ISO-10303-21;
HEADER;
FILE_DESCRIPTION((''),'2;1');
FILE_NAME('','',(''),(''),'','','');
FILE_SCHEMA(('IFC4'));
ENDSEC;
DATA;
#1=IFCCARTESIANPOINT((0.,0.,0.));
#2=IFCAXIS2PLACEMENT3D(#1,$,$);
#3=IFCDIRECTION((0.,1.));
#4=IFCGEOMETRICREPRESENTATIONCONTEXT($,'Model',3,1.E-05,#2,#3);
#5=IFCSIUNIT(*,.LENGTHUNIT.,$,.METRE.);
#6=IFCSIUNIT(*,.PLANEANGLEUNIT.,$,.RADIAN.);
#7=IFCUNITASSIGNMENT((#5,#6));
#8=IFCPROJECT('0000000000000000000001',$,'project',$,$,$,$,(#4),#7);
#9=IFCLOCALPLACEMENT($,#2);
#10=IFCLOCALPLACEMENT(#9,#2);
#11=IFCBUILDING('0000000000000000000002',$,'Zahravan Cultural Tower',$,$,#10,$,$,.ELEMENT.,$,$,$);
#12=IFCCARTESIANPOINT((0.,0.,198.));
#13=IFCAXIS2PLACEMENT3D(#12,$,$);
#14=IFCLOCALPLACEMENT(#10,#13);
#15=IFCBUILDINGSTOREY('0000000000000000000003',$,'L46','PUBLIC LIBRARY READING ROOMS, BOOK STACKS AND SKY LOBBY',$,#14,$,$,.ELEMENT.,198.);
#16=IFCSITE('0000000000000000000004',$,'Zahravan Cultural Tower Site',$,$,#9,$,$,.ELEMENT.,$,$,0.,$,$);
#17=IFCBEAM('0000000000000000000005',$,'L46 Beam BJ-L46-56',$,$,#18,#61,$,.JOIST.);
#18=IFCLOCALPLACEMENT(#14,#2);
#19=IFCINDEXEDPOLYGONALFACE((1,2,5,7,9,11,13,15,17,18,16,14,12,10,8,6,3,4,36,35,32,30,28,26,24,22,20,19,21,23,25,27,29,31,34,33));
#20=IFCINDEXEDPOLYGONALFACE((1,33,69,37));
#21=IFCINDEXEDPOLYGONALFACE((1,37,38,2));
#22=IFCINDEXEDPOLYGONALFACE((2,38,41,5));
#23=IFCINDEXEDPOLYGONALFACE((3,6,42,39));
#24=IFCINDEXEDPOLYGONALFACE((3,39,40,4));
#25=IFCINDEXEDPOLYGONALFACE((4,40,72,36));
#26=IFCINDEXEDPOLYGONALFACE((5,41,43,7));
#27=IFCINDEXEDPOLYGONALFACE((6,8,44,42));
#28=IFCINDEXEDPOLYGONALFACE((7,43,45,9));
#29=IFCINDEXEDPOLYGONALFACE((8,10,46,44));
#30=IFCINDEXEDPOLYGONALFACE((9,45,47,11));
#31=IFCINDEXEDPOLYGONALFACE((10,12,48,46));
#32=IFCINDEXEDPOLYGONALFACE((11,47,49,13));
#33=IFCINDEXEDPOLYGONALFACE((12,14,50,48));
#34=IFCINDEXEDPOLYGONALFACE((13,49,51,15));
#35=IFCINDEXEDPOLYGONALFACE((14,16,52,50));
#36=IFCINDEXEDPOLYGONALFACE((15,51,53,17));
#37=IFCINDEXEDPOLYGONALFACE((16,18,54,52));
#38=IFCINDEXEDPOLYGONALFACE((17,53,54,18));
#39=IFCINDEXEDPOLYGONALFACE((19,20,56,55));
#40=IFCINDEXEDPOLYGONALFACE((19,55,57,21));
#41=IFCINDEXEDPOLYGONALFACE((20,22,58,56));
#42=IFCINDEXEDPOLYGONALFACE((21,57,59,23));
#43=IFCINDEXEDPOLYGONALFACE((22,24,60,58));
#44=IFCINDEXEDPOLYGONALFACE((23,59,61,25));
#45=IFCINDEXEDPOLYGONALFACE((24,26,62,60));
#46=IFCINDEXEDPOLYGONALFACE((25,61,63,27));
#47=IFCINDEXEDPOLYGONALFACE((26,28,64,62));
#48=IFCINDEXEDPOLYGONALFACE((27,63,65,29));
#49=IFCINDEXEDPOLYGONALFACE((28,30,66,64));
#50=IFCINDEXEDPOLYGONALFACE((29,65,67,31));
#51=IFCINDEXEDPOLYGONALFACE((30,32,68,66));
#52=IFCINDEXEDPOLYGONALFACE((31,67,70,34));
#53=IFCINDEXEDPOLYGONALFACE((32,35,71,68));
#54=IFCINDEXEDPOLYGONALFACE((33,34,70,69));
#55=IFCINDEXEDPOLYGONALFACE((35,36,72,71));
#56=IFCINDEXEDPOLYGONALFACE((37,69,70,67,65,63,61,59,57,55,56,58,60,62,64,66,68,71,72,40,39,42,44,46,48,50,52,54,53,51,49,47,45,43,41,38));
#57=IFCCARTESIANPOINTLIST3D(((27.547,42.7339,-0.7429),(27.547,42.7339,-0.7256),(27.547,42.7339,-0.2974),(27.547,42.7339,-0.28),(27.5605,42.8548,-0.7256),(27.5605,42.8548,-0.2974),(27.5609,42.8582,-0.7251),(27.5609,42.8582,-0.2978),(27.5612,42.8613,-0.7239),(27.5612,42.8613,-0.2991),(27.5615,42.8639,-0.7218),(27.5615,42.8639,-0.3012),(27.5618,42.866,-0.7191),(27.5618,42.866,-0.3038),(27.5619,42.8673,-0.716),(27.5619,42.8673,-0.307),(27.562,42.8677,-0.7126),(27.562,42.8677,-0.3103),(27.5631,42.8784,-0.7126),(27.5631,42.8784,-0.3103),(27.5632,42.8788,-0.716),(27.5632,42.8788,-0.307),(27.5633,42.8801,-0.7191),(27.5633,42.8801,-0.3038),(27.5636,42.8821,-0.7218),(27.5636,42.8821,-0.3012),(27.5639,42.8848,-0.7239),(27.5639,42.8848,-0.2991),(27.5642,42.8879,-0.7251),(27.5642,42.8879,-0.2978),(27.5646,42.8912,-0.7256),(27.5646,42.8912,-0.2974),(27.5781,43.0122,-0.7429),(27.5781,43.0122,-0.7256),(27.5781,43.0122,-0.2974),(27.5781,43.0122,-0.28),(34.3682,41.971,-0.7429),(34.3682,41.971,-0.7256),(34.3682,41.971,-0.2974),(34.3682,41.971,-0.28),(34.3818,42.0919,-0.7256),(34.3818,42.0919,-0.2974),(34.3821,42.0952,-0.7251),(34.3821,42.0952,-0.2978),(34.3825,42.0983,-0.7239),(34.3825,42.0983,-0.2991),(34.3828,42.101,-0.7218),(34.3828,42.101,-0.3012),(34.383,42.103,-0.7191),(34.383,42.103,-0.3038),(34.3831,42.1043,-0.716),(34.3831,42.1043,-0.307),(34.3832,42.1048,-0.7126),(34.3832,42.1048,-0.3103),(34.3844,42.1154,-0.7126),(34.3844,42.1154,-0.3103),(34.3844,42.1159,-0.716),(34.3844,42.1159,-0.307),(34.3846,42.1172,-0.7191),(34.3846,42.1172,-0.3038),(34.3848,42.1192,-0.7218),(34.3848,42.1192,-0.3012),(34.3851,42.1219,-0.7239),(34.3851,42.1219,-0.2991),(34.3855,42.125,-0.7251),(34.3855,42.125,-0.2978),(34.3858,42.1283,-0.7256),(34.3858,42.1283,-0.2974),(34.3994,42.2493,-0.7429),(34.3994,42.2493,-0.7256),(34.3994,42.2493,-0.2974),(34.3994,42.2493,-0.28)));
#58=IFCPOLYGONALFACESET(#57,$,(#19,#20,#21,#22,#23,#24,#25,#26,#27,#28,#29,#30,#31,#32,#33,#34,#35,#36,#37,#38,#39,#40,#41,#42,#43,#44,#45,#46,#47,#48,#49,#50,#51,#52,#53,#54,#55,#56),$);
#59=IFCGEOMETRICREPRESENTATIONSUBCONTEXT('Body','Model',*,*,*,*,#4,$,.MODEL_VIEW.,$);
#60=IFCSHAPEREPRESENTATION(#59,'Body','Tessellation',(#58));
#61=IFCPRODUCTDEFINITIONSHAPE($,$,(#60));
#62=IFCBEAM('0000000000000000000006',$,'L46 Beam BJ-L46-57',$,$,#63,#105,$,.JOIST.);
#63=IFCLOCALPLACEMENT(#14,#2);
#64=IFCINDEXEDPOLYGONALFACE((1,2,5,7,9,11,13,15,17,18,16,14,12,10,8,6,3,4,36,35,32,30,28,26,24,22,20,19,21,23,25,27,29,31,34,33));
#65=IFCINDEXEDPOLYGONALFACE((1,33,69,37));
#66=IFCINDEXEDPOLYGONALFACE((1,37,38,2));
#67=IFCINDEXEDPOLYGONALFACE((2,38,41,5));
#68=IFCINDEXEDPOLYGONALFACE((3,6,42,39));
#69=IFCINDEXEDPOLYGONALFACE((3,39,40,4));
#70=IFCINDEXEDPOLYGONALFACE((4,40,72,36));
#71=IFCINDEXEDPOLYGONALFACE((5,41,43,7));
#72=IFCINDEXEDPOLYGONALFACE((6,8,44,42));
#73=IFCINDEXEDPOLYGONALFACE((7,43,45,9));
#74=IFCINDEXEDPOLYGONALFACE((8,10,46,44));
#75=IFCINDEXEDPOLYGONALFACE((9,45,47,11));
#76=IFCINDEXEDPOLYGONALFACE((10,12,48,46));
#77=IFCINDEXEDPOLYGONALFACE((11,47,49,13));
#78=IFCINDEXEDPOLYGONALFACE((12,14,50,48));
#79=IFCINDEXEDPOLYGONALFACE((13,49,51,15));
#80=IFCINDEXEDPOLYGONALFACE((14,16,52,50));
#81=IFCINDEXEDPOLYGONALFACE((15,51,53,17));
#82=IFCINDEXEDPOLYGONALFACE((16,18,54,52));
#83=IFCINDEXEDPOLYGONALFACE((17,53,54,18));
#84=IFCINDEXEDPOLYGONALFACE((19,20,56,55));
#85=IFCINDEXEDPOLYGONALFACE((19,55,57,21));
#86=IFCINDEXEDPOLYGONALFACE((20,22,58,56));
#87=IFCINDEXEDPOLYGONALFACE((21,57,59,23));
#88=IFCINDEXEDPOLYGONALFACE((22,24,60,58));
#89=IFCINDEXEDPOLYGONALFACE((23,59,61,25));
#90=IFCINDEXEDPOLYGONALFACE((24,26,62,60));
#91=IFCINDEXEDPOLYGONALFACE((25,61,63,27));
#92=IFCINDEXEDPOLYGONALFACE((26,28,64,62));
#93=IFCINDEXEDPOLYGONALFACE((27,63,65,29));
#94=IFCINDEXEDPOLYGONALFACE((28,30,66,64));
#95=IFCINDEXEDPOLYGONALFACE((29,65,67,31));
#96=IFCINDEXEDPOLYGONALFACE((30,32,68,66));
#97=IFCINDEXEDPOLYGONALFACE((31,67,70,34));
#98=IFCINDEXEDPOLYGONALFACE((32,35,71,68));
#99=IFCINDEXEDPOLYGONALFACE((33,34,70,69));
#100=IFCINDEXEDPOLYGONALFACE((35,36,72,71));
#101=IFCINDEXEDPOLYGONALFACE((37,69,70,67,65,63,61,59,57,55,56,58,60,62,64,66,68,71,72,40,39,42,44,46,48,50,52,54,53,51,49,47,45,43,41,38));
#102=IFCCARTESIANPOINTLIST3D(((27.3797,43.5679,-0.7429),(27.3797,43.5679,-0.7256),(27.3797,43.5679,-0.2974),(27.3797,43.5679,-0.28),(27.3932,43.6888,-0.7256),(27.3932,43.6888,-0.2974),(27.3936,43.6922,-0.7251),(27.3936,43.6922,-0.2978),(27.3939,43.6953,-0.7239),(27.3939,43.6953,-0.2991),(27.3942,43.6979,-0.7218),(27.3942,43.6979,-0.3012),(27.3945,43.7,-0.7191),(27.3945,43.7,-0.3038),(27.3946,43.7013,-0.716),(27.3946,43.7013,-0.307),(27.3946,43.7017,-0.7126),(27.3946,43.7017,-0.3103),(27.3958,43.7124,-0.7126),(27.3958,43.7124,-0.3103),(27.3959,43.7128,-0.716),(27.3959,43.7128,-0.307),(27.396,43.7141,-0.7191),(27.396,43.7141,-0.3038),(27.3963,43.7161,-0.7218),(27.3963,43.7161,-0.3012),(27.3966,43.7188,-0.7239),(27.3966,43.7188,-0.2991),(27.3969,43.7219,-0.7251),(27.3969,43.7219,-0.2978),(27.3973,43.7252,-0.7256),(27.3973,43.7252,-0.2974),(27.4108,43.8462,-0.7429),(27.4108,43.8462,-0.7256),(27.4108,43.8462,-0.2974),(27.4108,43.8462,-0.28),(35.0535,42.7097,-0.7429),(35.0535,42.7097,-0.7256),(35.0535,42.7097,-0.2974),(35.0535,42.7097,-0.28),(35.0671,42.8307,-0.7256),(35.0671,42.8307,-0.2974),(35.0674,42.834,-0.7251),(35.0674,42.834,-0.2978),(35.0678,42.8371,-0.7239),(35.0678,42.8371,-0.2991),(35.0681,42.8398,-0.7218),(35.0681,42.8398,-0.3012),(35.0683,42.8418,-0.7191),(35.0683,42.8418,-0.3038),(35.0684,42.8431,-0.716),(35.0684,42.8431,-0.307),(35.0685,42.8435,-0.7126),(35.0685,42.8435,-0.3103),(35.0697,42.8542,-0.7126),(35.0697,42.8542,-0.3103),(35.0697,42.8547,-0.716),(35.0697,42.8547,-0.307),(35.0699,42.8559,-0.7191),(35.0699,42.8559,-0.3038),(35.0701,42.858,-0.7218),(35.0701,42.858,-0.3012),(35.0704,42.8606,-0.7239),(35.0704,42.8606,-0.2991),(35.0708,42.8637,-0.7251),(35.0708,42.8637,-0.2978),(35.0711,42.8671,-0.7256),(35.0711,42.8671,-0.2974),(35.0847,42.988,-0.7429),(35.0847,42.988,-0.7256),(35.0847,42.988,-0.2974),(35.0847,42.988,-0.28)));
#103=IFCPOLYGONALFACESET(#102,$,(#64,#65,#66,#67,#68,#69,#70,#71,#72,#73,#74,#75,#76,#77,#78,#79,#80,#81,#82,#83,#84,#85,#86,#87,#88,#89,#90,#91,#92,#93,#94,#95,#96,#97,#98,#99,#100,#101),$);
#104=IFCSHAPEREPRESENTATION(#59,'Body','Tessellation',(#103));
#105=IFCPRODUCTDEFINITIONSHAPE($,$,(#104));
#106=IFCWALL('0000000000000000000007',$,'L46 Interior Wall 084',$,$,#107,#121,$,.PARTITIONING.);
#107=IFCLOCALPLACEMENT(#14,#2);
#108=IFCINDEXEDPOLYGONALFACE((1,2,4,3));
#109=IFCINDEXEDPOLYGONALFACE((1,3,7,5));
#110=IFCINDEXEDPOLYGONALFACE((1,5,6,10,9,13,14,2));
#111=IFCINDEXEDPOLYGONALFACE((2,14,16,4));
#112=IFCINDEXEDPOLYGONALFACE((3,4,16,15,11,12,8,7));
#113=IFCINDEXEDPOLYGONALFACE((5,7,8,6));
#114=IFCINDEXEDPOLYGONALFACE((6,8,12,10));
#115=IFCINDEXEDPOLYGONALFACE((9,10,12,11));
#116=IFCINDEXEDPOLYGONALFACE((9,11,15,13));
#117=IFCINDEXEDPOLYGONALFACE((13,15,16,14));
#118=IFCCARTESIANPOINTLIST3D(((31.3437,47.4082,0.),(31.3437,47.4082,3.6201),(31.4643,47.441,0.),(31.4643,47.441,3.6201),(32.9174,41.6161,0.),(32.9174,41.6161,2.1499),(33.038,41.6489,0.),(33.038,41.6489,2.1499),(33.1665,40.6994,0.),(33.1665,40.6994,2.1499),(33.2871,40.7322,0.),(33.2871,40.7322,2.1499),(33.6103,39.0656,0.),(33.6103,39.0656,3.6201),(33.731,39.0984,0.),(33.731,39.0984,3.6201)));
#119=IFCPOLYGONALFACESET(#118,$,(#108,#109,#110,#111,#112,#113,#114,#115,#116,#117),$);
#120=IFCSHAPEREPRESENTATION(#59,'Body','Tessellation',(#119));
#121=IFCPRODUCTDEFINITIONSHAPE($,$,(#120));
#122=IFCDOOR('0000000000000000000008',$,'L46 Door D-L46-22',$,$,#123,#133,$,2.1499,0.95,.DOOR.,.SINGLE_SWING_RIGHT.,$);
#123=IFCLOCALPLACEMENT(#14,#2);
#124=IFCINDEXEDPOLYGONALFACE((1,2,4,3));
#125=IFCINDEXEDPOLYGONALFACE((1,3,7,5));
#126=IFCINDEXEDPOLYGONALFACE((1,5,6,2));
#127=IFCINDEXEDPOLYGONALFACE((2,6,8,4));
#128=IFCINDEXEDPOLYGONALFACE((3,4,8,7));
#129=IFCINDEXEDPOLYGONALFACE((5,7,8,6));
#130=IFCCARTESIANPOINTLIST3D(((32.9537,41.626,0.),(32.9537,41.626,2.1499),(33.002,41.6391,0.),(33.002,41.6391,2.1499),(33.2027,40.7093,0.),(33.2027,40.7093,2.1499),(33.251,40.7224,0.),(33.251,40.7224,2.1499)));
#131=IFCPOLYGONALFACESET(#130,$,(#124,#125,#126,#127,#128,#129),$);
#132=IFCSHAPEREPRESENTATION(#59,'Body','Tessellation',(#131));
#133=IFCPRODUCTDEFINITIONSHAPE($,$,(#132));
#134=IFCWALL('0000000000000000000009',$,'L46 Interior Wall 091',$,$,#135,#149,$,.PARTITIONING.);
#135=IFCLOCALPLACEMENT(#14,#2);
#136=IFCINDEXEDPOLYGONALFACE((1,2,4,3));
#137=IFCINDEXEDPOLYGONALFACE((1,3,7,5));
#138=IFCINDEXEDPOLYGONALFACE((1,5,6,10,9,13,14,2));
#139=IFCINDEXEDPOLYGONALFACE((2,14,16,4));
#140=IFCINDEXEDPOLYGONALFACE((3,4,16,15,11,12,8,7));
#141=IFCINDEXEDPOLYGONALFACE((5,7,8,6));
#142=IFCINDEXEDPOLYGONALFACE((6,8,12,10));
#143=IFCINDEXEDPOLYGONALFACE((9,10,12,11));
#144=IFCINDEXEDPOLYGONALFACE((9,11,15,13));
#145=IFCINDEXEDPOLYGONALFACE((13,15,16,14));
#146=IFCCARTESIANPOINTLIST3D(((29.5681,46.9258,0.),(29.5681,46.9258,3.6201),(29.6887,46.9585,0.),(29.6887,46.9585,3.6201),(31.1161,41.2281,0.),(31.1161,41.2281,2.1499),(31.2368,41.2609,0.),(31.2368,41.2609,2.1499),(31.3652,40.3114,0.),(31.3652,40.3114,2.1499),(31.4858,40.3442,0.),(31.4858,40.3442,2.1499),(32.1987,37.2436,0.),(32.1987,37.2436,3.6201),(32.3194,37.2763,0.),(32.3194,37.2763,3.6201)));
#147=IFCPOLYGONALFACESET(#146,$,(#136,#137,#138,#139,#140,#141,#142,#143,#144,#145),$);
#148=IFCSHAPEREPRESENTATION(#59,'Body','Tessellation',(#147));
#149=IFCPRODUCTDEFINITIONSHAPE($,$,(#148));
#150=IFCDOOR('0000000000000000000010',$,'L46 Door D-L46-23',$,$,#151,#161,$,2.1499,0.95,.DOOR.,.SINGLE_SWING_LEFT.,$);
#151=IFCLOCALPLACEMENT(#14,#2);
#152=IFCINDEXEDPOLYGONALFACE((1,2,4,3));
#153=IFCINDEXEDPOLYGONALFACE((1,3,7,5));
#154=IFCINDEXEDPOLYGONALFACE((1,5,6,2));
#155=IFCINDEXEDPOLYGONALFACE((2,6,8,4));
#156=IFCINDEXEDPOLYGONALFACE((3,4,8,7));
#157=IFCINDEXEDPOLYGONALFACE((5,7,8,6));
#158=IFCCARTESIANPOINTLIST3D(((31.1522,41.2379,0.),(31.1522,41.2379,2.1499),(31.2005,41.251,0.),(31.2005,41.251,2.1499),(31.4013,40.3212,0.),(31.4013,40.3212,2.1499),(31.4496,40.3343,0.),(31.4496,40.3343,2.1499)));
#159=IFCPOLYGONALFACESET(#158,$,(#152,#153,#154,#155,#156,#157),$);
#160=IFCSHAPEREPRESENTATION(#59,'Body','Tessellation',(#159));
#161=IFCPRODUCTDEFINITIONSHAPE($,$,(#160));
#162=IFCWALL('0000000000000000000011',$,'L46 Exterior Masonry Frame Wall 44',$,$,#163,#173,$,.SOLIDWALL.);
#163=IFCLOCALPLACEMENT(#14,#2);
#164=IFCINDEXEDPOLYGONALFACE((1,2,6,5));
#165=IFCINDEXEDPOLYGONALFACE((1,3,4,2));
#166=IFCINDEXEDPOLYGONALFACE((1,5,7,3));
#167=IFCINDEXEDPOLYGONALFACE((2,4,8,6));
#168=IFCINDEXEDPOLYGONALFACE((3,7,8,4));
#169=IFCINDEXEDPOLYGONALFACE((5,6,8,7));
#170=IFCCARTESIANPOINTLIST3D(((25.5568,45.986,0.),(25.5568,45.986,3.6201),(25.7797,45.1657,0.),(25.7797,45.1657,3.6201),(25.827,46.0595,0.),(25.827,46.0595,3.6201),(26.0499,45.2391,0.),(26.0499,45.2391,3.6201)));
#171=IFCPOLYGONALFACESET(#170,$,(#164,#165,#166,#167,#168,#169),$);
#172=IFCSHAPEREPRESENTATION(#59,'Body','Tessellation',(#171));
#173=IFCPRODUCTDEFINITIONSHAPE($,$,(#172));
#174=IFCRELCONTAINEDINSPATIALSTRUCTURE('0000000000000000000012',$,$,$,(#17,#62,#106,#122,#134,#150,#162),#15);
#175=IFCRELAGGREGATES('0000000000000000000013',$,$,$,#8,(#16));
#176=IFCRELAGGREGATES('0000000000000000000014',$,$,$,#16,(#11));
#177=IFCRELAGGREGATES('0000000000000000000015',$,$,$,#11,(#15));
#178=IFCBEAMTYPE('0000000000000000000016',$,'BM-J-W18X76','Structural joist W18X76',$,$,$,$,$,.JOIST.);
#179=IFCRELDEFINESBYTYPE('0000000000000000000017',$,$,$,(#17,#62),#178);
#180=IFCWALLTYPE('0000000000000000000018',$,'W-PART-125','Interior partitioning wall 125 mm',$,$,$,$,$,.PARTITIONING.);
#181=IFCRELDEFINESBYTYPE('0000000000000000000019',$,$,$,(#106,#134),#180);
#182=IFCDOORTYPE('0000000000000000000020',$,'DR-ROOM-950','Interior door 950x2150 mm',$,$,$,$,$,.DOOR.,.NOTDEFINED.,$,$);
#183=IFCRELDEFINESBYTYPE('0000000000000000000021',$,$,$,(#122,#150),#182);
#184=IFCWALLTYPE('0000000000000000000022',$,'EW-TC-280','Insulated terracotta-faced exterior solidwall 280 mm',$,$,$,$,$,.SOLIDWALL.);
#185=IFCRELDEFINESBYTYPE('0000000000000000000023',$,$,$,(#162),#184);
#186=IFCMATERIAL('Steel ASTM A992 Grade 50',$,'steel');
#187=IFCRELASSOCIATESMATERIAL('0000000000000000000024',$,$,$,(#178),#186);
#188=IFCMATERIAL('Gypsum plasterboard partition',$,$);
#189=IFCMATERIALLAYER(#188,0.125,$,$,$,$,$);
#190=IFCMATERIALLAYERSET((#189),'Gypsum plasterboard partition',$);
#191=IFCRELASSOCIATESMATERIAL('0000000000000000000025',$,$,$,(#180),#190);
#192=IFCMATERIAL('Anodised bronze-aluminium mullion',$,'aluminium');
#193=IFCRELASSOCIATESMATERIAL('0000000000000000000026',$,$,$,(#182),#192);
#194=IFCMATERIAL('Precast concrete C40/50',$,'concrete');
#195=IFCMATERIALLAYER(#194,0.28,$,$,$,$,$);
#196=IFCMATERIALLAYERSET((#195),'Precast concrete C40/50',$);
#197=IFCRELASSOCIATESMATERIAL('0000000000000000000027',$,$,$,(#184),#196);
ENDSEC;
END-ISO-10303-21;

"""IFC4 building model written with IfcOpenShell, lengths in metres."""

from ifc_helpers import new_model, si_unit, direction, frame, frame_2d, origin, origin_2d, place, context, subcontext, project, spatial, rectangle, i_section, extrude, source, transform, mapped, material, layer, layer_set, material_profile, profile_set, type_object, element, fill, save


model = new_model("IFC4")

# Units and contexts
model_context = context("Model", 3, precision=1e-05, world=origin(), true_north=direction((0.0, 1.0)))
body_context = subcontext(model_context, "Body", "Model", "MODEL_VIEW")
ifc_project = project(units=[si_unit("LENGTHUNIT", "METRE"), si_unit("PLANEANGLEUNIT", "RADIAN")], contexts=[model_context])

# Site, building, storey
site_placement = place(None, origin())
site = spatial("IfcSite", under=ifc_project, at=site_placement, Name="Zahravan Cultural Tower Site", CompositionType="ELEMENT", RefElevation=0.0)
building_placement = place(site_placement, origin())
building = spatial("IfcBuilding", under=site, at=building_placement, Name="Zahravan Cultural Tower", CompositionType="ELEMENT")
storey_placement = place(building_placement, frame((0.0, 0.0, 198.0)))
storey = spatial("IfcBuildingStorey", under=building, at=storey_placement, Name="L46", Description="PUBLIC LIBRARY READING ROOMS, BOOK STACKS AND SKY LOBBY", CompositionType="ELEMENT", Elevation=198.0)

# Shared definitions
ifc_material_1 = material(Name="Steel ASTM A992 Grade 50", Category="steel")

# Beams
ifc_material_profile_1 = material_profile(ifc_material_1, i_section(OverallWidth=0.28, OverallDepth=0.4629, WebThickness=0.0107, FlangeThickness=0.0173, FilletRadius=0.0129, at=origin_2d()), Name="W18X76")
ifc_profile_set_1 = profile_set([ifc_material_profile_1], Name="Steel ASTM A992 Grade 50")
beam_type_1 = type_object("IfcBeamType", Name="BM-J-W18X76", Description="Structural joist W18X76", PredefinedType="JOIST", material=ifc_profile_set_1)
shared_shape_1 = source(origin(), body_context, "Body", "SweptSolid", [
    extrude(i_section(OverallWidth=0.28, OverallDepth=0.4629, WebThickness=0.0107, FlangeThickness=0.0173, FilletRadius=0.0129, at=origin_2d()), origin(), (0.0, 0.0, 1.0), 6.8638),
])
beam_1_placement = place(storey_placement, frame((34.3838, 42.1101, -0.5115), z_axis=(-0.993803, 0.111154, 0.0), x_axis=(-0.111154, -0.993803, 0.0)))
element("IfcBeam", 1, at=beam_1_placement, inside=storey, type_object=beam_type_1, Name="L46 Beam BJ-L46-56", PredefinedType="JOIST", context=body_context, shape_type="MappedRepresentation", body=[
    mapped(shared_shape_1, transform((0.0, 0.0, 0.0), x_axis=(1.0, 0.0, 0.0), y_axis=(0.0, 1.0, 0.0), z_axis=(0.0, 0.0, 1.0), scale=1.0)),
])
shared_shape_2 = source(origin(), body_context, "Body", "SweptSolid", [
    extrude(i_section(OverallWidth=0.28, OverallDepth=0.4629, WebThickness=0.0107, FlangeThickness=0.0173, FilletRadius=0.0129, at=origin_2d()), origin(), (0.0, 0.0, 1.0), 7.7217),
])
beam_2_placement = place(storey_placement, frame((35.0691, 42.8489, -0.5115), z_axis=(-0.993805, 0.111136, 0.0), x_axis=(-0.111136, -0.993805, 0.0)))
element("IfcBeam", 2, at=beam_2_placement, inside=storey, type_object=beam_type_1, Name="L46 Beam BJ-L46-57", PredefinedType="JOIST", context=body_context, shape_type="MappedRepresentation", body=[
    mapped(shared_shape_2, transform((0.0, 0.0, 0.0), x_axis=(1.0, 0.0, 0.0), y_axis=(0.0, 1.0, 0.0), z_axis=(0.0, 0.0, 1.0), scale=1.0)),
])

# Walls, openings, doors
ifc_material_2 = material(Name="Gypsum plasterboard partition")
ifc_layer_1 = layer(ifc_material_2, 0.125)
ifc_layer_set_1 = layer_set([ifc_layer_1], Name="Gypsum plasterboard partition")
wall_type_1 = type_object("IfcWallType", Name="W-PART-125", Description="Interior partitioning wall 125 mm", PredefinedType="PARTITIONING", material=ifc_layer_set_1)
wall_1_placement = place(storey_placement, frame((33.6707, 39.082, 0.0), z_axis=(0.0, 0.0, 1.0), x_axis=(-0.262188, 0.965017, 0.0)))
wall_1 = element("IfcWall", 3, at=wall_1_placement, inside=storey, type_object=wall_type_1, Name="L46 Interior Wall 084", PredefinedType="PARTITIONING", context=body_context, shape_type="SweptSolid", body=[
    extrude(rectangle(XDim=8.645, YDim=0.125, at=frame_2d((4.3225, 0.0))), origin(), (0.0, 0.0, 1.0), 3.6201),
])
opening_1_placement = place(wall_1_placement, frame((1.6929, 0.0, 0.0)))
opening_1 = element("IfcOpeningElement", 4, at=opening_1_placement, cuts=wall_1, PredefinedType="OPENING", context=body_context, shape_type="SweptSolid", body=[
    extrude(rectangle(XDim=0.95, YDim=2.1499, at=frame_2d((0.4751, 1.075))), frame((0.0, 0.0725, 0.0), z_axis=(0.0, -1.0, 0.0), x_axis=(1.0, 0.0, 0.0)), (0.0, 0.0, 1.0), 0.145),
])
ifc_material_3 = material(Name="Anodised bronze-aluminium mullion", Category="aluminium")
door_type = type_object("IfcDoorType", Name="DR-ROOM-950", Description="Interior door 950x2150 mm", OperationType="NOTDEFINED", PredefinedType="DOOR", material=ifc_material_3)
shared_shape_3 = source(origin(), body_context, "Body", "SweptSolid", [
    extrude(rectangle(XDim=0.95, YDim=2.1499, at=frame_2d((0.4751, 1.075))), frame((0.0, 0.0249, 0.0), z_axis=(0.0, -1.0, 0.0), x_axis=(1.0, 0.0, 0.0)), (0.0, 0.0, 1.0), 0.05),
])
door_1_placement = place(opening_1_placement, origin())
door_1 = element("IfcDoor", 5, at=door_1_placement, inside=storey, type_object=door_type, Name="L46 Door D-L46-22", OperationType="SINGLE_SWING_RIGHT", OverallHeight=2.1499, OverallWidth=0.95, PredefinedType="DOOR", context=body_context, shape_type="MappedRepresentation", body=[
    mapped(shared_shape_3, transform((0.0, 0.0, 0.0), x_axis=(1.0, 0.0, 0.0), y_axis=(0.0, 1.0, 0.0), z_axis=(0.0, 0.0, 1.0), scale=1.0)),
])
fill(opening_1, door_1)
wall_2_placement = place(storey_placement, frame((29.6284, 46.9421, 0.0), z_axis=(0.0, 0.0, 1.0), x_axis=(0.262193, -0.965016, 0.0)))
wall_2 = element("IfcWall", 6, at=wall_2_placement, inside=storey, type_object=wall_type_1, Name="L46 Interior Wall 091", PredefinedType="PARTITIONING", context=body_context, shape_type="SweptSolid", body=[
    extrude(rectangle(XDim=10.0332, YDim=0.125, at=frame_2d((5.0166, 0.0))), origin(), (0.0, 0.0, 1.0), 3.6201),
])
opening_2_placement = place(wall_2_placement, frame((5.9041, 0.0, 0.0)))
opening_2 = element("IfcOpeningElement", 7, at=opening_2_placement, cuts=wall_2, PredefinedType="OPENING", context=body_context, shape_type="SweptSolid", body=[
    extrude(rectangle(XDim=0.95, YDim=2.1499, at=frame_2d((0.4751, 1.075))), frame((0.0, 0.0725, 0.0), z_axis=(0.0, -1.0, 0.0), x_axis=(1.0, 0.0, 0.0)), (0.0, 0.0, 1.0), 0.145),
])
door_2_placement = place(opening_2_placement, origin())
door_2 = element("IfcDoor", 8, at=door_2_placement, inside=storey, type_object=door_type, Name="L46 Door D-L46-23", OperationType="SINGLE_SWING_LEFT", OverallHeight=2.1499, OverallWidth=0.95, PredefinedType="DOOR", context=body_context, shape_type="MappedRepresentation", body=[
    mapped(shared_shape_3, transform((0.0, 0.0, 0.0), x_axis=(1.0, 0.0, 0.0), y_axis=(0.0, 1.0, 0.0), z_axis=(0.0, 0.0, 1.0), scale=1.0)),
])
fill(opening_2, door_2)

# Wall
ifc_material_4 = material(Name="Precast concrete C40/50", Category="concrete")
ifc_layer_2 = layer(ifc_material_4, 0.28)
ifc_layer_set_2 = layer_set([ifc_layer_2], Name="Precast concrete C40/50")
wall_type_2 = type_object("IfcWallType", Name="EW-TC-280", Description="Insulated terracotta-faced exterior solidwall 280 mm", PredefinedType="SOLIDWALL", material=ifc_layer_set_2)
shared_shape_4 = source(origin(), body_context, "Body", "SweptSolid", [
    extrude(rectangle(XDim=0.8501, YDim=0.28, at=frame_2d((0.425, 0.0))), origin(), (0.0, 0.0, 1.0), 3.6201),
])
for number, where, z_axis, x_axis, name in (
    (9, (25.9148, 45.2024, 0.0), (0.0, 0.0, 1.0), (-0.262218, 0.965009, 0.0), "L46 Exterior Masonry Frame Wall 44"),
):
    element("IfcWall", number, at=place(storey_placement, frame(where, z_axis=z_axis, x_axis=x_axis)), inside=storey, type_object=wall_type_2, Name=name, PredefinedType="SOLIDWALL", context=body_context, shape_type="MappedRepresentation", body=[
        mapped(shared_shape_4, transform((0.0, 0.0, 0.0), x_axis=(1.0, 0.0, 0.0), y_axis=(0.0, 1.0, 0.0), z_axis=(0.0, 0.0, 1.0), scale=1.0)),
    ])

save(model, "model.ifc")
